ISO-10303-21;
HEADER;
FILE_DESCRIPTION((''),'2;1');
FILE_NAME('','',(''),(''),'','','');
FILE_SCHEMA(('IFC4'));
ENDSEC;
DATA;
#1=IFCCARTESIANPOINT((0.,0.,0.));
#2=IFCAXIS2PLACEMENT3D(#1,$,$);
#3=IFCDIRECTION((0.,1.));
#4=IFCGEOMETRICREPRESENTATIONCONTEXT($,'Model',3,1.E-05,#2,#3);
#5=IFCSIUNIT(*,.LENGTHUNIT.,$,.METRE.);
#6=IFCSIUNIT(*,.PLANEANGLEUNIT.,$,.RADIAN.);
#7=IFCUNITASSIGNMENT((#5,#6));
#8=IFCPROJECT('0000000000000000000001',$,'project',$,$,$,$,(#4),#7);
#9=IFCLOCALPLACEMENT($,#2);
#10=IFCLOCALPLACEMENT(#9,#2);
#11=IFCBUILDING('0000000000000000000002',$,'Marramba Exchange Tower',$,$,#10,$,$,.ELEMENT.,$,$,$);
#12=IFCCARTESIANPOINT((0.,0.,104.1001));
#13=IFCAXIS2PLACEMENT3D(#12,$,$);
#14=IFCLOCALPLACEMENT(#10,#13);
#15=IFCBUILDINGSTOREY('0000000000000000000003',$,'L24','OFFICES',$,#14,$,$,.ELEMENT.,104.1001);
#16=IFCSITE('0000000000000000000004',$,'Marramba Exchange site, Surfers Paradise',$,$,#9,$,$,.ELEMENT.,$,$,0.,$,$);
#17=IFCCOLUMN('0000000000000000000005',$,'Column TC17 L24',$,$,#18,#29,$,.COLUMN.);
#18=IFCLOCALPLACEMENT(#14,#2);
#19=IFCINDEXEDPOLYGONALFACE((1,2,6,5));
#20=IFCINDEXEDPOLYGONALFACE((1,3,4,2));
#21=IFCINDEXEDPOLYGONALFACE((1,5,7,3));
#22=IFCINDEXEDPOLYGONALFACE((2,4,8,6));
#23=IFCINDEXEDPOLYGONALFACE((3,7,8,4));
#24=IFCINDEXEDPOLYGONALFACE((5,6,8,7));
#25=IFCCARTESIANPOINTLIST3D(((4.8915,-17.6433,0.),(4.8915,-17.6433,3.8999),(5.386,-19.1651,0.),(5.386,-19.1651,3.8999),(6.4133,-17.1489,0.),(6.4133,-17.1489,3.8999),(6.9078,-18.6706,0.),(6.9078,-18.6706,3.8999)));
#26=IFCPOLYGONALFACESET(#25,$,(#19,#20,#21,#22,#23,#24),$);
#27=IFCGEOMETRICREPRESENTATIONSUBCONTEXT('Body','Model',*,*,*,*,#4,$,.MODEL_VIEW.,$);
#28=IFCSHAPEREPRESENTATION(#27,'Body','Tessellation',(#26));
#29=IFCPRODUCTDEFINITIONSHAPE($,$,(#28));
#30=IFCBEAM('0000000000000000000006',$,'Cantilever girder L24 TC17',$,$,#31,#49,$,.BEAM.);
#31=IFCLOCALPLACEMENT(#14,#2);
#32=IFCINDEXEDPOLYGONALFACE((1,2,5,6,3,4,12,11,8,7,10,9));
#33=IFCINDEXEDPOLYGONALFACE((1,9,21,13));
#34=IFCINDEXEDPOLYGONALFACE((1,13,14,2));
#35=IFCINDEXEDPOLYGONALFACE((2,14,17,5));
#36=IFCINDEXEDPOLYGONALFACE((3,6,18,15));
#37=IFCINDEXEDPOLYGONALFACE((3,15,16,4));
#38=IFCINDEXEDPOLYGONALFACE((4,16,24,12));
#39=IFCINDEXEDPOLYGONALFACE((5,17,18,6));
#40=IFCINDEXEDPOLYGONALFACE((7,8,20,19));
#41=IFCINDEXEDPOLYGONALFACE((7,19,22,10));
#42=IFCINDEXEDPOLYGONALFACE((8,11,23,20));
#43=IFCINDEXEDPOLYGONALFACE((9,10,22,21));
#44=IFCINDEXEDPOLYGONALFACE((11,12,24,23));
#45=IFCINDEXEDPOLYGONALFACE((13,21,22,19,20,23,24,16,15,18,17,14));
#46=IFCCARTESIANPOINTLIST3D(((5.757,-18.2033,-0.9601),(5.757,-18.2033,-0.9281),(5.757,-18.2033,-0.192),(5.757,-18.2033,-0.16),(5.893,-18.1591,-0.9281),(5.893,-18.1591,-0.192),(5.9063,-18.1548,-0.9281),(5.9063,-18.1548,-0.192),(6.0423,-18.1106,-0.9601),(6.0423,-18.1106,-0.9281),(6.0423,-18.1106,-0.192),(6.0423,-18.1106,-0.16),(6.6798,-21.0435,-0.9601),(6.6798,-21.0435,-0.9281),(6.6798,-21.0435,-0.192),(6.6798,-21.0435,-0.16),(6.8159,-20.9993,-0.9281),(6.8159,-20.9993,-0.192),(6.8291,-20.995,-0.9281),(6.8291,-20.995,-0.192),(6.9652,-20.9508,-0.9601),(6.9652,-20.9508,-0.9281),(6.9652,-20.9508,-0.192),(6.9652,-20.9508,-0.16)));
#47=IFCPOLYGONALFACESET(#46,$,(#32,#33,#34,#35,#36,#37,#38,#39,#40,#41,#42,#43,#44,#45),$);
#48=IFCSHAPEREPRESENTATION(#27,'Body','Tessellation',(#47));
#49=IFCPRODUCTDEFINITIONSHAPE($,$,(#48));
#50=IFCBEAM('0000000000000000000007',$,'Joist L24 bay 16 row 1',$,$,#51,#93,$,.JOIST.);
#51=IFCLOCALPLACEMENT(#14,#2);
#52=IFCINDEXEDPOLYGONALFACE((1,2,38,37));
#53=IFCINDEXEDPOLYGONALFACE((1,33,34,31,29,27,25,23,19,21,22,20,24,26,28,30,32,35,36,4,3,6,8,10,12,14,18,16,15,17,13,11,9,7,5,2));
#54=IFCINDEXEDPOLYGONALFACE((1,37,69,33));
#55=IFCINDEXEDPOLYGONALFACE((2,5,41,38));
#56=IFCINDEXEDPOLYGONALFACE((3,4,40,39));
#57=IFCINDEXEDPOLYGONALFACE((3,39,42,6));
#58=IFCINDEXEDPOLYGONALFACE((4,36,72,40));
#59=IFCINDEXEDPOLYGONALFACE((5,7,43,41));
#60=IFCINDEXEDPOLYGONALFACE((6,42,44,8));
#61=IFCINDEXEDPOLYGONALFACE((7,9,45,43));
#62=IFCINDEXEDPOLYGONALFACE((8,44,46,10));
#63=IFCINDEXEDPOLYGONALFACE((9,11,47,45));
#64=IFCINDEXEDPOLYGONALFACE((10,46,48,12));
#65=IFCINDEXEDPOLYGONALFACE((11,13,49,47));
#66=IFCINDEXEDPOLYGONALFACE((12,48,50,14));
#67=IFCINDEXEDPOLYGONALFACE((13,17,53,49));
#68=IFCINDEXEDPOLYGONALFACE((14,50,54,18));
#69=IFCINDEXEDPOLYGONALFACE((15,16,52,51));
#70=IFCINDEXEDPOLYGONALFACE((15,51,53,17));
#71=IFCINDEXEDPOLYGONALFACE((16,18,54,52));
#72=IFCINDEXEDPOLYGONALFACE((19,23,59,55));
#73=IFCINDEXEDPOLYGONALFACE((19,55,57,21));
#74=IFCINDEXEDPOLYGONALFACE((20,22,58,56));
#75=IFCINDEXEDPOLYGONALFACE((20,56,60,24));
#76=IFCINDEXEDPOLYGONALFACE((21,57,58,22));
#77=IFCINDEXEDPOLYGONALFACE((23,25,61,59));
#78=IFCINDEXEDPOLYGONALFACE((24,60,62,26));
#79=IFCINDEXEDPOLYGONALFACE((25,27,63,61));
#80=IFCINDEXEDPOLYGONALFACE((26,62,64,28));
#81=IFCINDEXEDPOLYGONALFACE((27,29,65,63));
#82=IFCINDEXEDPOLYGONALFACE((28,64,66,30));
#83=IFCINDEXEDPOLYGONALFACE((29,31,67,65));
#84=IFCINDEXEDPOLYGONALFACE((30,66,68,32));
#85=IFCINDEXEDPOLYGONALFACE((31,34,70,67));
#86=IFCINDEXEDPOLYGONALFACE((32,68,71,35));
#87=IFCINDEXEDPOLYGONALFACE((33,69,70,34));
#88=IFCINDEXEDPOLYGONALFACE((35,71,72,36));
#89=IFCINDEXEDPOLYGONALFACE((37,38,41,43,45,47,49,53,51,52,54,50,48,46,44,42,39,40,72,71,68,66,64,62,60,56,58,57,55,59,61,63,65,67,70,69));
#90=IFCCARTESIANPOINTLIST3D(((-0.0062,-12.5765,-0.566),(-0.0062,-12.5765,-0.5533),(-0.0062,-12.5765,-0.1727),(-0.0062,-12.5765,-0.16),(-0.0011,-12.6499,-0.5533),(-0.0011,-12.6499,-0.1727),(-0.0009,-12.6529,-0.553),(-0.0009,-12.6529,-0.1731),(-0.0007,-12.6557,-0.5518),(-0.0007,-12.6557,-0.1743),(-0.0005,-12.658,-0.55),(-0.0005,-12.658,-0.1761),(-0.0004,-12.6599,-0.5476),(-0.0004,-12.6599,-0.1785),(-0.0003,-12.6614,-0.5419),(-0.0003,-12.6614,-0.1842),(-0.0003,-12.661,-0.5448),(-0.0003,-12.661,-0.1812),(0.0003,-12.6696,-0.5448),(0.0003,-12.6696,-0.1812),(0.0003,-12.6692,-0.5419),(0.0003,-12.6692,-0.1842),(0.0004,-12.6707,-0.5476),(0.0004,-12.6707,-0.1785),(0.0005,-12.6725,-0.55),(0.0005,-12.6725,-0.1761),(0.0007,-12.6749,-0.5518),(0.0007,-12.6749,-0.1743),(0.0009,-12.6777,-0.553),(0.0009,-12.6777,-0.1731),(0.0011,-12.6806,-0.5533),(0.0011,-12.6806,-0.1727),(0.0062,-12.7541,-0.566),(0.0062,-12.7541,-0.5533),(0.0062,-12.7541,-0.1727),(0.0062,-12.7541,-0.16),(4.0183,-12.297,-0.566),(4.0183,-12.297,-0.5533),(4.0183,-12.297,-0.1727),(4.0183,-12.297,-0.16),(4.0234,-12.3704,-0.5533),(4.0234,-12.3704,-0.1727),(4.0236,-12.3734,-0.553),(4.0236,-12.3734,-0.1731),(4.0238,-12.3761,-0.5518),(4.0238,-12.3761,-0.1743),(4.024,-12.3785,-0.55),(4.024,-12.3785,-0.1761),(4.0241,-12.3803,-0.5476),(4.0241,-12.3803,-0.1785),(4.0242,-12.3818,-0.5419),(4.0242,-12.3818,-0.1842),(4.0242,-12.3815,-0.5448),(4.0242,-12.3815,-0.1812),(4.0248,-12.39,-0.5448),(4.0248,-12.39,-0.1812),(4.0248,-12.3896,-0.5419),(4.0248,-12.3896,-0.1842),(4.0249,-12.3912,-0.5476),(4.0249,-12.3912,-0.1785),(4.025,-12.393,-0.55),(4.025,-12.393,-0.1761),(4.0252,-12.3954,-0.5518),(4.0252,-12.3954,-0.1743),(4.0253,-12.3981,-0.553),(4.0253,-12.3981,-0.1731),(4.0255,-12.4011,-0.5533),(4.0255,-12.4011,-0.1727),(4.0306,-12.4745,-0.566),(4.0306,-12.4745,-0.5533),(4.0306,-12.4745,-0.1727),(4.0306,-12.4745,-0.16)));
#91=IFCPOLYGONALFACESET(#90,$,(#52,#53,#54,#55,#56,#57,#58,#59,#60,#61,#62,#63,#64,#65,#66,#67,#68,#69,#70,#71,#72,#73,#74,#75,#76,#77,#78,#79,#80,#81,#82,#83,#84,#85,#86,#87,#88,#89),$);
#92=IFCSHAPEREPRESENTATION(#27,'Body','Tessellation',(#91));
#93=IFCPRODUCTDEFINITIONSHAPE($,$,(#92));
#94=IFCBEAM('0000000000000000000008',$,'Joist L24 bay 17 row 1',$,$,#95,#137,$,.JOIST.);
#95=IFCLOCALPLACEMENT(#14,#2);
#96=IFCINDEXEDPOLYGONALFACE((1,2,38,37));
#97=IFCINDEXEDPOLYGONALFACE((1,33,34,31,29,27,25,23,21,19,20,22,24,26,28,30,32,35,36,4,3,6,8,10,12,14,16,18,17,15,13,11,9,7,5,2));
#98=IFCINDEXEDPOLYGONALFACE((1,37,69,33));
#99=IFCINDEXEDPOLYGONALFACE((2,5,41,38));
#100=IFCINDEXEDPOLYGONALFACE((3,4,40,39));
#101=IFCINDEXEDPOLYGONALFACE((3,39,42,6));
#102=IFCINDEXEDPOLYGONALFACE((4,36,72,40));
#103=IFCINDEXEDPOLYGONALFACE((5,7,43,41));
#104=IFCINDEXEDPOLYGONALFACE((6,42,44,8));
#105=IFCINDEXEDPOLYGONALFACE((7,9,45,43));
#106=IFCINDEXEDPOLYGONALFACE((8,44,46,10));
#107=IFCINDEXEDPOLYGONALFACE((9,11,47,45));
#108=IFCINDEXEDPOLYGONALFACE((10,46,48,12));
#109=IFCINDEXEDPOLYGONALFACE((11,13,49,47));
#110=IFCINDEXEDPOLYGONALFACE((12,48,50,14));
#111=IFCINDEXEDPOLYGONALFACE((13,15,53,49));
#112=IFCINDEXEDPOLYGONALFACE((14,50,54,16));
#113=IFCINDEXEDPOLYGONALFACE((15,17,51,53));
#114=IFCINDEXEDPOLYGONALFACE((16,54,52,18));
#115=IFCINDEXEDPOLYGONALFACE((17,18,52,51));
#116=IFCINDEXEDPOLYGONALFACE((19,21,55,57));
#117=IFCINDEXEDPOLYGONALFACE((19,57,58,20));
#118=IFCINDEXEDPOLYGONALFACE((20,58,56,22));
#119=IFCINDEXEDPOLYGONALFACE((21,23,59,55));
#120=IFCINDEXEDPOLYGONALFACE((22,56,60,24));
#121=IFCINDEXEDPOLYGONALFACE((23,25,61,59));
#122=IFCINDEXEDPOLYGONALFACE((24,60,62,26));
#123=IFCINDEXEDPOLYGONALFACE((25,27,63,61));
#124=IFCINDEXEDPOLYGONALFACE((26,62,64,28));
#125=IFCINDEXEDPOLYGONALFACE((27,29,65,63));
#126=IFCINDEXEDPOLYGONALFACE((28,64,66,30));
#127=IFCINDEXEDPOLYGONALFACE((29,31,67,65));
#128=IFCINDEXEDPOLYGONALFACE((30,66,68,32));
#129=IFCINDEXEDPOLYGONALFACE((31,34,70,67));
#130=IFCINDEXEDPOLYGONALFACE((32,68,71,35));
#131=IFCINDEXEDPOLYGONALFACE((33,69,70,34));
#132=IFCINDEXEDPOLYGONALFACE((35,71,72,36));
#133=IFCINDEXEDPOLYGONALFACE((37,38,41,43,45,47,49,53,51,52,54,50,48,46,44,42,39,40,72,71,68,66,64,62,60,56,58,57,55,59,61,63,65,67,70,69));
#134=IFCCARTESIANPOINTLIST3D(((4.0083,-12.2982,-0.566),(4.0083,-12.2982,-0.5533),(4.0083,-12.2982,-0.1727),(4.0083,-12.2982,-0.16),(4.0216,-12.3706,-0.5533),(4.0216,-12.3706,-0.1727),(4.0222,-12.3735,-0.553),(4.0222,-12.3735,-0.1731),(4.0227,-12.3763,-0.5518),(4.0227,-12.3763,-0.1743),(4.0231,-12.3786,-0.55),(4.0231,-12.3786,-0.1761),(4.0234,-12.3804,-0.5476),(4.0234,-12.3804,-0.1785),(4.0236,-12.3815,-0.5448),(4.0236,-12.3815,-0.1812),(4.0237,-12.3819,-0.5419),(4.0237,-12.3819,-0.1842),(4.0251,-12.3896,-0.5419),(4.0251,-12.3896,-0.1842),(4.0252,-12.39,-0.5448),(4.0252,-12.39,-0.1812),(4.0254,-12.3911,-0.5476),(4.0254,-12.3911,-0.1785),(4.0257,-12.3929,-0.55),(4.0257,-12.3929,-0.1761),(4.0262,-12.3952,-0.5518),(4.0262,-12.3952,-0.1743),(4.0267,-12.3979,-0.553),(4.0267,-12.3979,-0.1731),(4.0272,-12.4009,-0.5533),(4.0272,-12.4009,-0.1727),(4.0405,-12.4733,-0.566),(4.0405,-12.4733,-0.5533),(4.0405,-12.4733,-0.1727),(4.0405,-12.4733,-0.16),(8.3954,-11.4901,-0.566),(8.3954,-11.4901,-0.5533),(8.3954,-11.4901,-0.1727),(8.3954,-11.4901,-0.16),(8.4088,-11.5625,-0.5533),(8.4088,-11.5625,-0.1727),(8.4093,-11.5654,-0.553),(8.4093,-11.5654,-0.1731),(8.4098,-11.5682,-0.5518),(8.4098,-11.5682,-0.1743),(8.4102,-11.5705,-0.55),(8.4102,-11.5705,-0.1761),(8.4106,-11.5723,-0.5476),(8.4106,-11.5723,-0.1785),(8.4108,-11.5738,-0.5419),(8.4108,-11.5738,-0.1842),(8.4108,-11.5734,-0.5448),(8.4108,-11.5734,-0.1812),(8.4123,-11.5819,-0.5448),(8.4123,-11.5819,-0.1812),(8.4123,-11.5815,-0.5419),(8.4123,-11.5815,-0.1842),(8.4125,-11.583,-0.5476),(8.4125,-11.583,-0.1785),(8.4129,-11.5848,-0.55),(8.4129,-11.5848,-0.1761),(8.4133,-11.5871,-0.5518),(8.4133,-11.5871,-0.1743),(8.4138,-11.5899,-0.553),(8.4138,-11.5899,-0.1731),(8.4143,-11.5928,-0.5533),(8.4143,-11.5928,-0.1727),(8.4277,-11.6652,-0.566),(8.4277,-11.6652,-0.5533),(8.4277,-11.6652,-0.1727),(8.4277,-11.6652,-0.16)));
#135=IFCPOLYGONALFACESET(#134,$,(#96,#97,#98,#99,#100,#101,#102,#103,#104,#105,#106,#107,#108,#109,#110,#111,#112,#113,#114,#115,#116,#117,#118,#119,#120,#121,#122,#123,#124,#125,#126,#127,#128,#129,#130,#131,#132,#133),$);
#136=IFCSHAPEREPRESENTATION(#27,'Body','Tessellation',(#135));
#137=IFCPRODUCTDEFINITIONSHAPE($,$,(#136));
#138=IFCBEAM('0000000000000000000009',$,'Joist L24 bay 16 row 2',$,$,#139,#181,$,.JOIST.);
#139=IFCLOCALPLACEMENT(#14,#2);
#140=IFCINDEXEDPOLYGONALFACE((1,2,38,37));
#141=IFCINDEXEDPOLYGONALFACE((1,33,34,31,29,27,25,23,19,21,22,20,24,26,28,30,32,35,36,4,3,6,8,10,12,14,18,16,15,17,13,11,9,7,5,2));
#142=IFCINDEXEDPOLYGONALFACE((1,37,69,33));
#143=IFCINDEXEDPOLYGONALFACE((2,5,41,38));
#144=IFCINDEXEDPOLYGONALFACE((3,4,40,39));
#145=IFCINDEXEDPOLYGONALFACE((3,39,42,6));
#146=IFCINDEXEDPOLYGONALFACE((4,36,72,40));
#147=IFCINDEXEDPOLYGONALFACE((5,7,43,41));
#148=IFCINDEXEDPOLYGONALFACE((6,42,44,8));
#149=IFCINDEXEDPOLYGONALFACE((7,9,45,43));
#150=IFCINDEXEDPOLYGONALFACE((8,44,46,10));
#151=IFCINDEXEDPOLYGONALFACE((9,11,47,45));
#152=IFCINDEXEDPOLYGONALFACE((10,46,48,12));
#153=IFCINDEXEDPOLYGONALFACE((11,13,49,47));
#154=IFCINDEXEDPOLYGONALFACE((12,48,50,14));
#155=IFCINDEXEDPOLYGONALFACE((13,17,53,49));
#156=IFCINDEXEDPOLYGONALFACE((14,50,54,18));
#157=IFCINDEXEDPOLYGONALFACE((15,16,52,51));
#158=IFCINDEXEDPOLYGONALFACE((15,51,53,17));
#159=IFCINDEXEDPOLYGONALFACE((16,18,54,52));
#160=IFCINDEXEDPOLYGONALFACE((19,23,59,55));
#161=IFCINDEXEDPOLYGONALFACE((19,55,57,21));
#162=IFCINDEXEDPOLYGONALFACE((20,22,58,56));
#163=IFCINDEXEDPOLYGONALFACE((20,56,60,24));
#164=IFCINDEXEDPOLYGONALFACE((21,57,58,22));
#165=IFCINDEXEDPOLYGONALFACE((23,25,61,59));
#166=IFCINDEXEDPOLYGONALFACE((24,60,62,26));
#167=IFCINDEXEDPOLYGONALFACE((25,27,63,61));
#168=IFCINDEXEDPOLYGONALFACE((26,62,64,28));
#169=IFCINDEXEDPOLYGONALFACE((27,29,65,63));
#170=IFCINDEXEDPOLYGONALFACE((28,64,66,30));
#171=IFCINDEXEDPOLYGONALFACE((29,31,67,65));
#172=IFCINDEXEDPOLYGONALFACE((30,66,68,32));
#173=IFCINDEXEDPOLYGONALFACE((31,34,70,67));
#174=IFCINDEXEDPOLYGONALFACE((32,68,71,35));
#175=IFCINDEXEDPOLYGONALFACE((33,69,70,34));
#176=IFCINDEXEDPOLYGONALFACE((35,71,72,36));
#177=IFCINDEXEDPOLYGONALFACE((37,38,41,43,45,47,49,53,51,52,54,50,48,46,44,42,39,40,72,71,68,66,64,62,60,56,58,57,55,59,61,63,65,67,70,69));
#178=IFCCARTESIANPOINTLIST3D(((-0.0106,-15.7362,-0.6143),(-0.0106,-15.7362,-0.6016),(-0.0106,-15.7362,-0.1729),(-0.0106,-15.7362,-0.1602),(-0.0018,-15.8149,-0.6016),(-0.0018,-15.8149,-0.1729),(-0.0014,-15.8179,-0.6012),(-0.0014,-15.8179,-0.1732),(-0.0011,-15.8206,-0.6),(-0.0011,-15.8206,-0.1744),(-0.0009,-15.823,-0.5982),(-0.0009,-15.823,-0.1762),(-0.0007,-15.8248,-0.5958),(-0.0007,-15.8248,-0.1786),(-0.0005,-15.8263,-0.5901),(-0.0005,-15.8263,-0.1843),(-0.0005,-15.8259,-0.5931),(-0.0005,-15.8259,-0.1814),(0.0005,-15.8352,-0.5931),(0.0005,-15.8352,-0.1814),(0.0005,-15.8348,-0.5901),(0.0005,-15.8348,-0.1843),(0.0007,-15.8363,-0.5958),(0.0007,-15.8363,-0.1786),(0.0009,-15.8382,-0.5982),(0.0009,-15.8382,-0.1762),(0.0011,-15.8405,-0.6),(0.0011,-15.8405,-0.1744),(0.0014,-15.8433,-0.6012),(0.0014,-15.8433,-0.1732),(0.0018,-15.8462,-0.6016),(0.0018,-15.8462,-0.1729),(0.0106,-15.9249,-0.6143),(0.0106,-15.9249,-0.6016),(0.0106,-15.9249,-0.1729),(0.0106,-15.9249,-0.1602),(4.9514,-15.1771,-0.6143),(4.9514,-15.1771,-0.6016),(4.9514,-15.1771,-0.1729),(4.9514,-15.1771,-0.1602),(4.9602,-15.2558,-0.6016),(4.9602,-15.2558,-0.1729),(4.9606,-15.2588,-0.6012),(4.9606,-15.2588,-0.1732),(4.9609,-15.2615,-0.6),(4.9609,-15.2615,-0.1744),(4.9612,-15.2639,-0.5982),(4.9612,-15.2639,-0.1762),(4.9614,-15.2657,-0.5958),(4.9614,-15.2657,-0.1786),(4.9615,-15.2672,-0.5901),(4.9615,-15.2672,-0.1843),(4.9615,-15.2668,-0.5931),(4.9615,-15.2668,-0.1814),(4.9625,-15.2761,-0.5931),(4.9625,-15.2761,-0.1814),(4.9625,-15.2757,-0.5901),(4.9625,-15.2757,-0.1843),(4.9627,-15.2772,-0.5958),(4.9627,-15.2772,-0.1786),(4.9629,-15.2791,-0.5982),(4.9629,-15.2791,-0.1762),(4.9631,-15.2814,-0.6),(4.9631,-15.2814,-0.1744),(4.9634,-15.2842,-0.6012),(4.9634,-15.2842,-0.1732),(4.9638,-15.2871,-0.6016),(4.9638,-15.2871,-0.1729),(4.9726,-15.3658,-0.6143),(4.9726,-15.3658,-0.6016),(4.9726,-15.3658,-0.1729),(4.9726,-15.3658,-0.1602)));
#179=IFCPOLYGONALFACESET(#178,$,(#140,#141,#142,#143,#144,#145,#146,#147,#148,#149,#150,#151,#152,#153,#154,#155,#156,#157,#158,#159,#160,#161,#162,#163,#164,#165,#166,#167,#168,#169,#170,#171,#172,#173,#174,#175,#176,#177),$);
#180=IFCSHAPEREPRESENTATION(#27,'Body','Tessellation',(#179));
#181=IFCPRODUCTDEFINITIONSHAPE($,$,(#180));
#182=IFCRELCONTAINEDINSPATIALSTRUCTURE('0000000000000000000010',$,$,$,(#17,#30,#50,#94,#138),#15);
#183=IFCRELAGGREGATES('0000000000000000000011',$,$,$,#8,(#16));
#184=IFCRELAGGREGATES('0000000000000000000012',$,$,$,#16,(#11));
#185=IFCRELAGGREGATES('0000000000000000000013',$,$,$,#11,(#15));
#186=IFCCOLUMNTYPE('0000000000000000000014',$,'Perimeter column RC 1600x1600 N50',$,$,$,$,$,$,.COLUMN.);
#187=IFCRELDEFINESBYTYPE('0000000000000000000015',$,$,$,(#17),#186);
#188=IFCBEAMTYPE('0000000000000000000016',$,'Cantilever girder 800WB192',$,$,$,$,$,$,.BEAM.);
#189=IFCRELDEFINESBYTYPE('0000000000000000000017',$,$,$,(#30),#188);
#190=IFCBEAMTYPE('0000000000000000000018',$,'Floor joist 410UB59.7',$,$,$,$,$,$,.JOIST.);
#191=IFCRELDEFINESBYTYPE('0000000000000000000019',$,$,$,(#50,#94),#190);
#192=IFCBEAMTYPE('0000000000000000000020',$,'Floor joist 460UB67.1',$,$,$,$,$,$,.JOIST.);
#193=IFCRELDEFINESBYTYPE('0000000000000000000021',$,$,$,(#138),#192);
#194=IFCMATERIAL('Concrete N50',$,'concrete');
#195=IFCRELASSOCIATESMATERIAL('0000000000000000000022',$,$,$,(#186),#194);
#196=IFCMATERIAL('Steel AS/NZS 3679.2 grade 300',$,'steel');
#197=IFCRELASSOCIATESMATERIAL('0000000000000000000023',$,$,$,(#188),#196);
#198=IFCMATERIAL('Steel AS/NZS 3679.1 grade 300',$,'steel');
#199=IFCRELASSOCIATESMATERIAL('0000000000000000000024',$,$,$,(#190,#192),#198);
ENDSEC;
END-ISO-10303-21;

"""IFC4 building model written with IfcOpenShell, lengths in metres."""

from ifc_helpers import new_model, si_unit, direction, frame, origin, origin_2d, place, context, subcontext, project, spatial, rectangle, i_section, extrude, material, material_profile, profile_set, type_object, element, save


model = new_model("IFC4")

# Units and contexts
model_context = context("Model", 3, precision=1e-05, world=origin(), true_north=direction((0.0, 1.0)))
body_context = subcontext(model_context, "Body", "Model", "MODEL_VIEW")
ifc_project = project(units=[si_unit("LENGTHUNIT", "METRE"), si_unit("PLANEANGLEUNIT", "RADIAN")], contexts=[model_context])

# Site, building, storey
site_placement = place(None, origin())
site = spatial("IfcSite", under=ifc_project, at=site_placement, Name="Marramba Exchange site, Surfers Paradise", CompositionType="ELEMENT", RefElevation=0.0)
building_placement = place(site_placement, origin())
building = spatial("IfcBuilding", under=site, at=building_placement, Name="Marramba Exchange Tower", CompositionType="ELEMENT")
storey_placement = place(building_placement, frame((0.0, 0.0, 104.1001)))
storey = spatial("IfcBuildingStorey", under=building, at=storey_placement, Name="L24", Description="OFFICES", CompositionType="ELEMENT", Elevation=104.1001)

# Column
ifc_material_1 = material(Name="Concrete N50", Category="concrete")
ifc_material_profile_1 = material_profile(ifc_material_1, rectangle(XDim=1.6001, YDim=1.6001, at=origin_2d()), Name="RC 1600x1600")
ifc_profile_set_1 = profile_set([ifc_material_profile_1], Name="Concrete N50")
column_type = type_object("IfcColumnType", Name="Perimeter column RC 1600x1600 N50", PredefinedType="COLUMN", material=ifc_profile_set_1)
column_placement = place(storey_placement, frame((5.8997, -18.157, 0.0), z_axis=(0.0, 0.0, 1.0), x_axis=(0.309017, -0.951057, 0.0)))
element("IfcColumn", 1, at=column_placement, inside=storey, type_object=column_type, Name="Column TC17 L24", PredefinedType="COLUMN", context=body_context, shape_type="SweptSolid", body=[
    extrude(rectangle(XDim=1.6001, YDim=1.6001, at=origin_2d()), origin(), (0.0, 0.0, 1.0), 3.8999),
])

# Beams
ifc_material_2 = material(Name="Steel AS/NZS 3679.2 grade 300", Category="steel")
ifc_material_profile_2 = material_profile(ifc_material_2, i_section(OverallWidth=0.3, OverallDepth=0.8, WebThickness=0.0139, FlangeThickness=0.032, at=origin_2d()), Name="800WB192")
ifc_profile_set_2 = profile_set([ifc_material_profile_2], Name="Steel AS/NZS 3679.2 grade 300")
beam_type_1 = type_object("IfcBeamType", Name="Cantilever girder 800WB192", PredefinedType="BEAM", material=ifc_profile_set_2)
beam_1_placement = place(storey_placement, frame((5.8997, -18.157, -0.5601), z_axis=(0.309032, -0.951051, 0.0), x_axis=(0.951051, 0.309032, 0.0)))
element("IfcBeam", 2, at=beam_1_placement, inside=storey, type_object=beam_type_1, Name="Cantilever girder L24 TC17", PredefinedType="BEAM", context=body_context, shape_type="SweptSolid", body=[
    extrude(i_section(OverallWidth=0.3, OverallDepth=0.8, WebThickness=0.0139, FlangeThickness=0.032, at=origin_2d()), origin(), (0.0, 0.0, 1.0), 2.9863),
])
ifc_material_3 = material(Name="Steel AS/NZS 3679.1 grade 300", Category="steel")
ifc_material_profile_3 = material_profile(ifc_material_3, i_section(OverallWidth=0.178, OverallDepth=0.406, WebThickness=0.0078, FlangeThickness=0.0127, FilletRadius=0.0115, at=origin_2d()), Name="410UB59.7")
ifc_profile_set_3 = profile_set([ifc_material_profile_3], Name="Steel AS/NZS 3679.1 grade 300")
beam_type_2 = type_object("IfcBeamType", Name="Floor joist 410UB59.7", PredefinedType="JOIST", material=ifc_profile_set_3)
beam_2_placement = place(storey_placement, frame((0.0, -12.6653, -0.363), z_axis=(0.997596, 0.069294, 0.0), x_axis=(-0.069294, 0.997596, 0.0)))
element("IfcBeam", 3, at=beam_2_placement, inside=storey, type_object=beam_type_2, Name="Joist L24 bay 16 row 1", PredefinedType="JOIST", context=body_context, shape_type="SweptSolid", body=[
    extrude(i_section(OverallWidth=0.178, OverallDepth=0.406, WebThickness=0.0078, FlangeThickness=0.0127, FilletRadius=0.0115, at=origin_2d()), origin(), (0.0, 0.0, 1.0), 4.0342),
])
beam_3_placement = place(storey_placement, frame((4.0244, -12.3857, -0.363), z_axis=(0.983456, 0.181149, 0.0), x_axis=(-0.181149, 0.983456, 0.0)))
element("IfcBeam", 4, at=beam_3_placement, inside=storey, type_object=beam_type_2, Name="Joist L24 bay 17 row 1", PredefinedType="JOIST", context=body_context, shape_type="SweptSolid", body=[
    extrude(i_section(OverallWidth=0.178, OverallDepth=0.406, WebThickness=0.0078, FlangeThickness=0.0127, FilletRadius=0.0115, at=origin_2d()), origin(), (0.0, 0.0, 1.0), 4.4609),
])
ifc_material_profile_4 = material_profile(ifc_material_3, i_section(OverallWidth=0.1899, OverallDepth=0.4541, WebThickness=0.0085, FlangeThickness=0.0127, FilletRadius=0.0115, at=origin_2d()), Name="460UB67.1")
ifc_profile_set_4 = profile_set([ifc_material_profile_4], Name="Steel AS/NZS 3679.1 grade 300")
beam_type_3 = type_object("IfcBeamType", Name="Floor joist 460UB67.1", PredefinedType="JOIST", material=ifc_profile_set_4)
beam_4_placement = place(storey_placement, frame((0.0, -15.8306, -0.3872), z_axis=(0.993712, 0.111966, 0.0), x_axis=(-0.111966, 0.993712, 0.0)))
element("IfcBeam", 5, at=beam_4_placement, inside=storey, type_object=beam_type_3, Name="Joist L24 bay 16 row 2", PredefinedType="JOIST", context=body_context, shape_type="SweptSolid", body=[
    extrude(i_section(OverallWidth=0.1899, OverallDepth=0.4541, WebThickness=0.0085, FlangeThickness=0.0127, FilletRadius=0.0115, at=origin_2d()), origin(), (0.0, 0.0, 1.0), 4.9934),
])

save(model, "model.ifc")
